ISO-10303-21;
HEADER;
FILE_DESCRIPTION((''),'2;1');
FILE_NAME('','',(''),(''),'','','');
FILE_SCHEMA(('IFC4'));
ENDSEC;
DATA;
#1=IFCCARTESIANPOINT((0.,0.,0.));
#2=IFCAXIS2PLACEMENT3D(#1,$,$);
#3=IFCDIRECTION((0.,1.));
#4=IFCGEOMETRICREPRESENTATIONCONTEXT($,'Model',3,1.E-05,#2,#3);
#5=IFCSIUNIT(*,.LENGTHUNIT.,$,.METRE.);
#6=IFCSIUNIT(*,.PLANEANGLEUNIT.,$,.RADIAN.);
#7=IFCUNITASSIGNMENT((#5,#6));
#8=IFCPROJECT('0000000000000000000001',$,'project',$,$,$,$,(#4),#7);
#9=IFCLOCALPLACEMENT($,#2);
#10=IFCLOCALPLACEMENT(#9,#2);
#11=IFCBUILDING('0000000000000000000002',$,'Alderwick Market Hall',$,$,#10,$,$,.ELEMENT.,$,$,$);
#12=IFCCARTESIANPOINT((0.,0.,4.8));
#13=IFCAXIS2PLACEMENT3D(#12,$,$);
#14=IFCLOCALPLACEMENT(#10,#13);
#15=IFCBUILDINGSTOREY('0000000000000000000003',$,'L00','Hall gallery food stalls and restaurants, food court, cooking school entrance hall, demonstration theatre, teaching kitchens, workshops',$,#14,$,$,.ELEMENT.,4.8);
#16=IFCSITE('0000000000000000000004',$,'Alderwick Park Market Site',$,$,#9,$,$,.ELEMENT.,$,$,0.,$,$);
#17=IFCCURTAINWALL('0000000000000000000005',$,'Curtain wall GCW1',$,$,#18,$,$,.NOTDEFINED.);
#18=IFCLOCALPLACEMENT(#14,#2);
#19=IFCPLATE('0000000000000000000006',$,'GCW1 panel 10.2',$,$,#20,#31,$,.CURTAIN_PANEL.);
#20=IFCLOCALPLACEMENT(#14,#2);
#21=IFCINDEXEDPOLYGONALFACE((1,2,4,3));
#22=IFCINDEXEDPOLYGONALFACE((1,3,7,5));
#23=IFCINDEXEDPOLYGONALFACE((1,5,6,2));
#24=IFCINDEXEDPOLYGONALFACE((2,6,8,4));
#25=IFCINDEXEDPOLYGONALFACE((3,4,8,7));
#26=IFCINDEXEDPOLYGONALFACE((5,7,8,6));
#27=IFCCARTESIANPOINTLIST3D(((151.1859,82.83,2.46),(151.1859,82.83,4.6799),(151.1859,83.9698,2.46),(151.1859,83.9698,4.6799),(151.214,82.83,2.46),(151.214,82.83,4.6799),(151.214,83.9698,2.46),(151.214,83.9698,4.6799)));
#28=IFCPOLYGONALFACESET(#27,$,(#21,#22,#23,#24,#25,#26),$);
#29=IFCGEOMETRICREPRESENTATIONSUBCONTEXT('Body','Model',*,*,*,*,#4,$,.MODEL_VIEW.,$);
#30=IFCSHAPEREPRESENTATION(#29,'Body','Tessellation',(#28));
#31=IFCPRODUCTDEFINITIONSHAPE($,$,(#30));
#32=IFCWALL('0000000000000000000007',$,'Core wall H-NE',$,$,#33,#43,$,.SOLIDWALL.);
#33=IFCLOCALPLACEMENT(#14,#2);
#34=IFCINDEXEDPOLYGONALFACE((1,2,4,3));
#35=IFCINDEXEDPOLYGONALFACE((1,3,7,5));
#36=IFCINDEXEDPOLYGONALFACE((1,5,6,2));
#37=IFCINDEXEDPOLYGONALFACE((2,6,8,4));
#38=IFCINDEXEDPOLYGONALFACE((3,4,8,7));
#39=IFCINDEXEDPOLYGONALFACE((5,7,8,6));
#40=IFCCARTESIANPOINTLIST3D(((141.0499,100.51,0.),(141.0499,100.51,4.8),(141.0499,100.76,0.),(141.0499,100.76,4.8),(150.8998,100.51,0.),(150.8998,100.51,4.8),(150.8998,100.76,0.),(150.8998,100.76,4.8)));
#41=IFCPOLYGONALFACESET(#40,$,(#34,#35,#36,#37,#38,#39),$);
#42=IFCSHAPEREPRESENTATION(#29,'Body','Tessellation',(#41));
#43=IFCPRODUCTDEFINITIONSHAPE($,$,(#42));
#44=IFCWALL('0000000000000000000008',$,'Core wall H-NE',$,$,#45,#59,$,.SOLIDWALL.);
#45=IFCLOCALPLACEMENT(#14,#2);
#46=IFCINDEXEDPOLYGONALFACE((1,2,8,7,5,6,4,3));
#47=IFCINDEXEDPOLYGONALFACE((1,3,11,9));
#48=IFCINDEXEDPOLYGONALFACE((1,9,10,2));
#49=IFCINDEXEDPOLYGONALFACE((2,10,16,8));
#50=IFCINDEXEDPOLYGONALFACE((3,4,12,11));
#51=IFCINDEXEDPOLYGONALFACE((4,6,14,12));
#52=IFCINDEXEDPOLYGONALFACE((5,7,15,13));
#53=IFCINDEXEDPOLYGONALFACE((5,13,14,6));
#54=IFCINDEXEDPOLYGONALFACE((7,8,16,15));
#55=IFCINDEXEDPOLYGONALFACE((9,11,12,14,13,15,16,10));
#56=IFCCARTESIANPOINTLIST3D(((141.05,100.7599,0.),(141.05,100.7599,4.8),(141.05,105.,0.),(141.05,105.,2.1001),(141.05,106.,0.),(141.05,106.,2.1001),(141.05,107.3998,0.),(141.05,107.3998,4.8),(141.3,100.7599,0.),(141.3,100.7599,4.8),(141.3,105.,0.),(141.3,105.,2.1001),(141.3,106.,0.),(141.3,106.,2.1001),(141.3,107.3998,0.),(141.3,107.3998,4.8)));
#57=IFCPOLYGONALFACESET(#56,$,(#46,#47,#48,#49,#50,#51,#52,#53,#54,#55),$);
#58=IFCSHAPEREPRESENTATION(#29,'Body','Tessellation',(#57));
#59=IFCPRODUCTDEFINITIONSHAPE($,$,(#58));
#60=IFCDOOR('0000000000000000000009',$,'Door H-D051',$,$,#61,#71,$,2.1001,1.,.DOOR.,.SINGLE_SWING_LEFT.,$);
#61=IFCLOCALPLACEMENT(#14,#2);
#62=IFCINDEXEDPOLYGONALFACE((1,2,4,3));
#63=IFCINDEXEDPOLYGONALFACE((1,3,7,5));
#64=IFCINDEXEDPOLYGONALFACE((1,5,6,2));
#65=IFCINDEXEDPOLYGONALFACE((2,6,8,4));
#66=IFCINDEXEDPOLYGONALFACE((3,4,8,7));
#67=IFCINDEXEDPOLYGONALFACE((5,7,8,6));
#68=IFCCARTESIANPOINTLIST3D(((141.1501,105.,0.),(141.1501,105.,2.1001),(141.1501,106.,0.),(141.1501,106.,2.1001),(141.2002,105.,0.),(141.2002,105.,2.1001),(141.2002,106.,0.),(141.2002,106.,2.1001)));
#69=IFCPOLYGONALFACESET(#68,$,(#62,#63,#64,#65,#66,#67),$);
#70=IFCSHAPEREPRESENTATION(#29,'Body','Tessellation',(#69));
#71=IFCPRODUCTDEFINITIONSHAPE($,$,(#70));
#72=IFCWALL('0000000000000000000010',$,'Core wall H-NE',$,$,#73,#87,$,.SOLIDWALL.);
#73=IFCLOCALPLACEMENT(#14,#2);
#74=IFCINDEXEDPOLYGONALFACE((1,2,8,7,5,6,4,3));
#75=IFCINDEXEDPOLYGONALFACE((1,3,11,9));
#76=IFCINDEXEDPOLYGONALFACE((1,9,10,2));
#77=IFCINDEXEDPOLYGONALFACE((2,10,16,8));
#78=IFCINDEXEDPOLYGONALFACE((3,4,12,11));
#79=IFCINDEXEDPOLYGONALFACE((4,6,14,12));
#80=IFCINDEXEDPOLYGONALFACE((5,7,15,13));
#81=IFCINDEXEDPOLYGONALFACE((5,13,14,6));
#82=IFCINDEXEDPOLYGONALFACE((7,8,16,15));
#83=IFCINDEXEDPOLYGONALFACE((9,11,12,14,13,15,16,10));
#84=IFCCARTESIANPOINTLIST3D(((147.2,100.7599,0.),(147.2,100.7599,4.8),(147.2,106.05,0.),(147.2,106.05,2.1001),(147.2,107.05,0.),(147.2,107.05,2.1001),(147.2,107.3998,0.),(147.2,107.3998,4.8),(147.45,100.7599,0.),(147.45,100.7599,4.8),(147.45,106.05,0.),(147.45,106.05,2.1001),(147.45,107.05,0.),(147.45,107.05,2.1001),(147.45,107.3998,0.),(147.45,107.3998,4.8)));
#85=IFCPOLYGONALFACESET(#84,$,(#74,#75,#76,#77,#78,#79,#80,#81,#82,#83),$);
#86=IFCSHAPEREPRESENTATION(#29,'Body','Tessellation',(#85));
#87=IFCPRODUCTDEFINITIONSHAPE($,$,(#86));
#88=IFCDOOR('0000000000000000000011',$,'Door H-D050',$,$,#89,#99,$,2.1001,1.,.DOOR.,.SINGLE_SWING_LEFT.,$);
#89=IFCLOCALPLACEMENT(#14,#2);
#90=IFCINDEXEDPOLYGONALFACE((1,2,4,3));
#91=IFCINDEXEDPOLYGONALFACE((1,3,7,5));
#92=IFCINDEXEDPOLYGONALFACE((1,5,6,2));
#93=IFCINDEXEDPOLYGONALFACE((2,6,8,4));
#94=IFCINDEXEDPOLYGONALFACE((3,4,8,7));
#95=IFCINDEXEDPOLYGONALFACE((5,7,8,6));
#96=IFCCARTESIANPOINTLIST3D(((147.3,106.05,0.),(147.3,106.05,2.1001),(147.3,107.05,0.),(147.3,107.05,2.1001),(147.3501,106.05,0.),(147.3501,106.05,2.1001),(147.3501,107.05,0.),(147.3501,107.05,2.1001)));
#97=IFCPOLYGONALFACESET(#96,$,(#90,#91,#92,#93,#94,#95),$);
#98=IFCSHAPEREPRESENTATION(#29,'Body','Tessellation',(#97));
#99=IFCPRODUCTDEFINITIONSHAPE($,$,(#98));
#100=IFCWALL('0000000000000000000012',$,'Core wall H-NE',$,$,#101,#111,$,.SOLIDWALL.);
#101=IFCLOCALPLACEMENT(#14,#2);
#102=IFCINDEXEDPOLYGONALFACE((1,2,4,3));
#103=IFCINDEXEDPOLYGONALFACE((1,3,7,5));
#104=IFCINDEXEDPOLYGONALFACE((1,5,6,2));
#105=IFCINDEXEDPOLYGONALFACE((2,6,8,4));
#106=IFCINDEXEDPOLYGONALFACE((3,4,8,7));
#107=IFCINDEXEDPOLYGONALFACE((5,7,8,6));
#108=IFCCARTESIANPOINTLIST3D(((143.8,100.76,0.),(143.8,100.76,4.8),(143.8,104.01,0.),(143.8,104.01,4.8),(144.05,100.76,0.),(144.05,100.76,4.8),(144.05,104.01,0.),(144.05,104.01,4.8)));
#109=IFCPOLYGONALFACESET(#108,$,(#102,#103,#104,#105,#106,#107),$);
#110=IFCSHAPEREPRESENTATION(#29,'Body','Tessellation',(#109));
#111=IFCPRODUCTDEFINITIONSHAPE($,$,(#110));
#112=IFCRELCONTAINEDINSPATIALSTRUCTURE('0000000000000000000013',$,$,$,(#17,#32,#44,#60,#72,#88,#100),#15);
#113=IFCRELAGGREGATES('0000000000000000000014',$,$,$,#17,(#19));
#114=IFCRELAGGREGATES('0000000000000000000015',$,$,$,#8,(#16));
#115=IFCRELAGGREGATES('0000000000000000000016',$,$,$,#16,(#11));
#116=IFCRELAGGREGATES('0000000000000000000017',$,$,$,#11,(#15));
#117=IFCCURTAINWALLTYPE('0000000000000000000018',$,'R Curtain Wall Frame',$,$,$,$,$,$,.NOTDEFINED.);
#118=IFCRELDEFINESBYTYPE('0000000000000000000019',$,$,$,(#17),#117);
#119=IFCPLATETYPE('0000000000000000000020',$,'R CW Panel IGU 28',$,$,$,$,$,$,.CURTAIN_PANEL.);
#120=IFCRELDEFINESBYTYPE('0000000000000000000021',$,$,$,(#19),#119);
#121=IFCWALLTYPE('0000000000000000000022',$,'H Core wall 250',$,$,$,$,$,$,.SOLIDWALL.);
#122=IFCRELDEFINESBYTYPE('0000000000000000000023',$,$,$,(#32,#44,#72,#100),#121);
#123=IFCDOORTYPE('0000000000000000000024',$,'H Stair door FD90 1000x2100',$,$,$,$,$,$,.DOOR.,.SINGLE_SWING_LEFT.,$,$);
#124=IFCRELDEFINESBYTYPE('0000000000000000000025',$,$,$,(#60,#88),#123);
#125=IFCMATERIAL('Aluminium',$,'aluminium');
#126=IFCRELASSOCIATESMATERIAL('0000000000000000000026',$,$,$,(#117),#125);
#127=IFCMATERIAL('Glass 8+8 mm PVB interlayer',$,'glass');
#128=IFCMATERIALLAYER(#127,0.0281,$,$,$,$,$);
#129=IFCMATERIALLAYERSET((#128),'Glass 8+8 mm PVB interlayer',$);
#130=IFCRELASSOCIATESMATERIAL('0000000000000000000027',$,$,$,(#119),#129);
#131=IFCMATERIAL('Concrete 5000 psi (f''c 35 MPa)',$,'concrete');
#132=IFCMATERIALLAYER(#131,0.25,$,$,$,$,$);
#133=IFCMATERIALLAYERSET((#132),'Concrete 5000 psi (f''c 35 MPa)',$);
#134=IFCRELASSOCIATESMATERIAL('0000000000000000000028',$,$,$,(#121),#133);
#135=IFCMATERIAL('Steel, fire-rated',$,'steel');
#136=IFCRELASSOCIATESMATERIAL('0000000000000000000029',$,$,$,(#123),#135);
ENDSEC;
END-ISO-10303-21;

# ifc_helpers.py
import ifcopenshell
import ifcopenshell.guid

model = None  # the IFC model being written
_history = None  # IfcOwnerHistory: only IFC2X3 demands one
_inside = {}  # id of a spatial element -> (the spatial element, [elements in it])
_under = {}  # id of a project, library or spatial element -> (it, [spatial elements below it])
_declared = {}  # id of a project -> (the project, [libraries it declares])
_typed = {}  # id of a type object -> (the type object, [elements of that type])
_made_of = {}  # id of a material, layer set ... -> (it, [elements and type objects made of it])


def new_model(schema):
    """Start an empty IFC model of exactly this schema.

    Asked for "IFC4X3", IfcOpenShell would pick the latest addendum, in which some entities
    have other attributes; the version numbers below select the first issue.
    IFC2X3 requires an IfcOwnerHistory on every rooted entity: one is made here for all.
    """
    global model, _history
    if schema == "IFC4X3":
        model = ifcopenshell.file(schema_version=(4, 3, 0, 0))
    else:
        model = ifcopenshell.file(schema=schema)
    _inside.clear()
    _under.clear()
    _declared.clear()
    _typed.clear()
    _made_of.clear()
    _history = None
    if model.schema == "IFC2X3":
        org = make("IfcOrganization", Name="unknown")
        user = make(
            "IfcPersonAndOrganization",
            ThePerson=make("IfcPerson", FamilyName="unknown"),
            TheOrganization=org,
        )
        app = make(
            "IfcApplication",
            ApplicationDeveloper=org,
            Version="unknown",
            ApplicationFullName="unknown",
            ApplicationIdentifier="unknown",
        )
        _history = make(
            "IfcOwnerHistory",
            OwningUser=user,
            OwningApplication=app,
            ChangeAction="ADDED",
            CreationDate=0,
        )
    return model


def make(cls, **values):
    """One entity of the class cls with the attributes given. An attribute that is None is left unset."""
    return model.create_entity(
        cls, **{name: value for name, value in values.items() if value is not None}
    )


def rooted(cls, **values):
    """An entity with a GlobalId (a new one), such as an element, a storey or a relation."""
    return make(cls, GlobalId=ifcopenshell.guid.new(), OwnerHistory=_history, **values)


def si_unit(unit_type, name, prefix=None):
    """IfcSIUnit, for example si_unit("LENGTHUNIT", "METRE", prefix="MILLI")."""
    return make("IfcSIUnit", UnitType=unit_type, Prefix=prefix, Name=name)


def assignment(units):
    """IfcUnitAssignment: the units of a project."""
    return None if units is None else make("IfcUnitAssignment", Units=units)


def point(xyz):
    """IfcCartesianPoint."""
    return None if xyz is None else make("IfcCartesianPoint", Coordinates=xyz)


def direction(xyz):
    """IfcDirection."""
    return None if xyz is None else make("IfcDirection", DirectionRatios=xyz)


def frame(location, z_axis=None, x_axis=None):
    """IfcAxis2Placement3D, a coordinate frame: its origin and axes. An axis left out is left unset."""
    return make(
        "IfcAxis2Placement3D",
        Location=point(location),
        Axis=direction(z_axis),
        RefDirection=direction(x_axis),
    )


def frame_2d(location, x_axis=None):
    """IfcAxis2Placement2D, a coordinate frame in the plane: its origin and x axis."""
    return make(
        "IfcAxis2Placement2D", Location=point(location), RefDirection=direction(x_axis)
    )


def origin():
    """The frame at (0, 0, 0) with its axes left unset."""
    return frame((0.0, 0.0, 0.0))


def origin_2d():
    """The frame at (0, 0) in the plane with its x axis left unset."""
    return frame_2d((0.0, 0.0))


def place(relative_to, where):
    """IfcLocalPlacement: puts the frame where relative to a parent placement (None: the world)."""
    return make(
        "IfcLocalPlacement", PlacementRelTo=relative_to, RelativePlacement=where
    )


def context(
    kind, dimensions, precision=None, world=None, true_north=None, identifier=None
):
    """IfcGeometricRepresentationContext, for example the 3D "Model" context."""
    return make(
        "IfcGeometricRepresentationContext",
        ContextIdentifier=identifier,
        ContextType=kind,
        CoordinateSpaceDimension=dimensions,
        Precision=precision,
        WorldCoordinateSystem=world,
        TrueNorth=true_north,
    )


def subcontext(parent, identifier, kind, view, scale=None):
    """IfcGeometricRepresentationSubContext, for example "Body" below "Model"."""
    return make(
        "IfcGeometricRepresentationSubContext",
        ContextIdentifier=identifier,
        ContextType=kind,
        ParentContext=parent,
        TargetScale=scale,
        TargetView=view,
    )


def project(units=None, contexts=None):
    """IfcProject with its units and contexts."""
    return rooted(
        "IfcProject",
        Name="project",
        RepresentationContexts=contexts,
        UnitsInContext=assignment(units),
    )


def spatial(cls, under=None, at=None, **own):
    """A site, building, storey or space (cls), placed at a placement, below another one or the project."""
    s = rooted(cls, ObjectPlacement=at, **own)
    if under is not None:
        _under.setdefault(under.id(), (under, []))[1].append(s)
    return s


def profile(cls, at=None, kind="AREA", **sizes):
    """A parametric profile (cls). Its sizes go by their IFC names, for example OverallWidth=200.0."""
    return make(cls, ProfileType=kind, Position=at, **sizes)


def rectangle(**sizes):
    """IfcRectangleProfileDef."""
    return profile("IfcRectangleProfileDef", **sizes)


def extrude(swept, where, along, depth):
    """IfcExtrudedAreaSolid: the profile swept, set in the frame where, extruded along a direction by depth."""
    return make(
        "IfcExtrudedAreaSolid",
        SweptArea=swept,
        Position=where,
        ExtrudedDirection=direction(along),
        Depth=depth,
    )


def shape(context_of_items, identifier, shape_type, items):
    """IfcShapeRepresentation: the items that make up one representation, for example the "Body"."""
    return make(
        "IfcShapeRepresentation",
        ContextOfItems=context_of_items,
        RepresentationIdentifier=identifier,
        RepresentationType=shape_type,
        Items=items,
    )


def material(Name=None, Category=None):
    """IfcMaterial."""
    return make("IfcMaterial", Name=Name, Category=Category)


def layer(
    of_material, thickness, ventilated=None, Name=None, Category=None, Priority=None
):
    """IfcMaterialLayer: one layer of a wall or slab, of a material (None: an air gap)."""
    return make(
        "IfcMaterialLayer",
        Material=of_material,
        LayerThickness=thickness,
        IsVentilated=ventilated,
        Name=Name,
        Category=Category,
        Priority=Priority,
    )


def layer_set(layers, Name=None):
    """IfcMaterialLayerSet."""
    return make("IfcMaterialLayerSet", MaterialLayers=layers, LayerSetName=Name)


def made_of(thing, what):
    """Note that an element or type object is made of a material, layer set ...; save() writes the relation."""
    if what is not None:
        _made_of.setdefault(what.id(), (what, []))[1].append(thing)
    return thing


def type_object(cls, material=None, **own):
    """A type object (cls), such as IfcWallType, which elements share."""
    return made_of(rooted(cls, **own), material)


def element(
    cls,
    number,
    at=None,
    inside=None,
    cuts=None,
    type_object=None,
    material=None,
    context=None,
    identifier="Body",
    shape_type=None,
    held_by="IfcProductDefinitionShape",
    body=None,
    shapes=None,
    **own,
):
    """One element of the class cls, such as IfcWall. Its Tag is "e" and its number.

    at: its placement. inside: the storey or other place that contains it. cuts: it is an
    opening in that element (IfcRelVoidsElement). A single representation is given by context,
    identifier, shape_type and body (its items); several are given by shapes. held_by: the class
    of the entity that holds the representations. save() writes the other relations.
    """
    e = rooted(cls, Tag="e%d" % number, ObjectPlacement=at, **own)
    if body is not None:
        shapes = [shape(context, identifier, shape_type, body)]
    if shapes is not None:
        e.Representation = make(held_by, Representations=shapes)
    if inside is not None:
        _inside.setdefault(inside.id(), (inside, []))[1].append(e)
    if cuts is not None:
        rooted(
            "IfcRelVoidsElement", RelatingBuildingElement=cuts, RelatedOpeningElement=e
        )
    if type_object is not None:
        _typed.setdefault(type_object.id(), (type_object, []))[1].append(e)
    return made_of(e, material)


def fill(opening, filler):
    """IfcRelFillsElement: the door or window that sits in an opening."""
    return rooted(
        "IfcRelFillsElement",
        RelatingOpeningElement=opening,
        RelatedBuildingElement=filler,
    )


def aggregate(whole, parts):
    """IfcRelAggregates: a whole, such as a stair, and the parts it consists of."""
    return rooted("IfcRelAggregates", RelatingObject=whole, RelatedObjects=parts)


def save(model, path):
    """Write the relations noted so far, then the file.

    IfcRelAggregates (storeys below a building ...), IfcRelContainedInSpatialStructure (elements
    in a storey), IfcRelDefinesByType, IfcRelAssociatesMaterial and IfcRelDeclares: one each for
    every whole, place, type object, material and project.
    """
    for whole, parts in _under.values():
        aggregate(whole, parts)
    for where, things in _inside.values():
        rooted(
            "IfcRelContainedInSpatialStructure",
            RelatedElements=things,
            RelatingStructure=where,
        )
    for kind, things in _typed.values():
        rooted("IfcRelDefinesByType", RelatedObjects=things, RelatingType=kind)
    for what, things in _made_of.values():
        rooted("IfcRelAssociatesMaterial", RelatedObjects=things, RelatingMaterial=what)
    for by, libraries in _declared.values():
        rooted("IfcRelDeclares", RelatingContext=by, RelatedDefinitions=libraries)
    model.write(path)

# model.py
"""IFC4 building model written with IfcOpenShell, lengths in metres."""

from ifc_helpers import new_model, si_unit, direction, frame, frame_2d, origin, origin_2d, place, context, subcontext, project, spatial, rectangle, extrude, material, layer, layer_set, type_object, element, fill, aggregate, save


model = new_model("IFC4")

# Units and contexts
model_context = context("Model", 3, precision=1e-05, world=origin(), true_north=direction((0.0, 1.0)))
body_context = subcontext(model_context, "Body", "Model", "MODEL_VIEW")
ifc_project = project(units=[si_unit("LENGTHUNIT", "METRE"), si_unit("PLANEANGLEUNIT", "RADIAN")], contexts=[model_context])

# Site, building, storey
site_placement = place(None, origin())
site = spatial("IfcSite", under=ifc_project, at=site_placement, Name="Alderwick Park Market Site", CompositionType="ELEMENT", RefElevation=0.0)
building_placement = place(site_placement, origin())
building = spatial("IfcBuilding", under=site, at=building_placement, Name="Alderwick Market Hall", CompositionType="ELEMENT")
storey_placement = place(building_placement, frame((0.0, 0.0, 4.8)))
storey = spatial("IfcBuildingStorey", under=building, at=storey_placement, Name="L00", Description="Hall gallery food stalls and restaurants, food court, cooking school entrance hall, demonstration theatre, teaching kitchens, workshops", CompositionType="ELEMENT", Elevation=4.8)

# Shared definitions
ifc_material_1 = material(Name="Concrete 5000 psi (f'c 35 MPa)", Category="concrete")

# Curtain wall, plate
ifc_material_2 = material(Name="Aluminium", Category="aluminium")
curtain_wall_type = type_object("IfcCurtainWallType", Name="R Curtain Wall Frame", PredefinedType="NOTDEFINED", material=ifc_material_2)
curtain_wall_placement = place(storey_placement, origin())
curtain_wall = element("IfcCurtainWall", 1, at=curtain_wall_placement, inside=storey, type_object=curtain_wall_type, Name="Curtain wall GCW1", PredefinedType="NOTDEFINED")
ifc_material_3 = material(Name="Glass 8+8 mm PVB interlayer", Category="glass")
ifc_layer_1 = layer(ifc_material_3, 0.0281)
ifc_layer_set_1 = layer_set([ifc_layer_1], Name="Glass 8+8 mm PVB interlayer")
plate_type = type_object("IfcPlateType", Name="R CW Panel IGU 28", PredefinedType="CURTAIN_PANEL", material=ifc_layer_set_1)
plate_1_placement = place(storey_placement, frame((151.2, 83.3999, 2.46), z_axis=(0.0, 0.0, 1.0), x_axis=(1.0, 0.0, 0.0)))
plate_1 = element("IfcPlate", 2, at=plate_1_placement, type_object=plate_type, Name="GCW1 panel 10.2", PredefinedType="CURTAIN_PANEL", context=body_context, shape_type="SweptSolid", body=[
    extrude(rectangle(XDim=0.0281, YDim=1.1399, at=origin_2d()), origin(), (0.0, 0.0, 1.0), 2.22),
])
aggregate(curtain_wall, [plate_1])

# Wall
ifc_layer_2 = layer(ifc_material_1, 0.25)
ifc_layer_set_2 = layer_set([ifc_layer_2], Name="Concrete 5000 psi (f'c 35 MPa)")
wall_type = type_object("IfcWallType", Name="H Core wall 250", PredefinedType="SOLIDWALL", material=ifc_layer_set_2)
wall_1_placement = place(storey_placement, frame((141.05, 100.635, 0.0), z_axis=(0.0, 0.0, 1.0), x_axis=(1.0, 0.0, 0.0)))
element("IfcWall", 3, at=wall_1_placement, inside=storey, type_object=wall_type, Name="Core wall H-NE", PredefinedType="SOLIDWALL", context=body_context, shape_type="SweptSolid", body=[
    extrude(rectangle(XDim=9.8499, YDim=0.25, at=frame_2d((4.9248, 0.0))), origin(), (0.0, 0.0, 1.0), 4.8),
])

# Walls, openings, doors
wall_2_placement = place(storey_placement, frame((141.175, 100.76, 0.0), z_axis=(0.0, 0.0, 1.0), x_axis=(0.0, 1.0, 0.0)))
wall_2 = element("IfcWall", 4, at=wall_2_placement, inside=storey, type_object=wall_type, Name="Core wall H-NE", PredefinedType="SOLIDWALL", context=body_context, shape_type="SweptSolid", body=[
    extrude(rectangle(XDim=6.6399, YDim=0.25, at=frame_2d((3.3198, 0.0))), origin(), (0.0, 0.0, 1.0), 4.8),
])
opening_1_placement = place(wall_2_placement, frame((4.24, 0.0, 0.0)))
opening_1 = element("IfcOpeningElement", 5, at=opening_1_placement, cuts=wall_2, PredefinedType="OPENING", context=body_context, shape_type="SweptSolid", body=[
    extrude(rectangle(XDim=1.0, YDim=2.1001, at=frame_2d((0.5, 1.05))), frame((0.0, 0.135, 0.0), z_axis=(0.0, -1.0, 0.0), x_axis=(1.0, 0.0, 0.0)), (0.0, 0.0, 1.0), 0.27),
])
ifc_material_4 = material(Name="Steel, fire-rated", Category="steel")
door_type = type_object("IfcDoorType", Name="H Stair door FD90 1000x2100", OperationType="SINGLE_SWING_LEFT", PredefinedType="DOOR", material=ifc_material_4)
door_1_placement = place(opening_1_placement, origin())
door_1 = element("IfcDoor", 6, at=door_1_placement, inside=storey, type_object=door_type, Name="Door H-D051", OperationType="SINGLE_SWING_LEFT", OverallHeight=2.1001, OverallWidth=1.0, PredefinedType="DOOR", context=body_context, shape_type="SweptSolid", body=[
    extrude(rectangle(XDim=1.0, YDim=2.1001, at=frame_2d((0.5, 1.05))), frame((0.0, 0.0249, 0.0), z_axis=(0.0, -1.0, 0.0), x_axis=(1.0, 0.0, 0.0)), (0.0, 0.0, 1.0), 0.05),
])
fill(opening_1, door_1)
wall_3_placement = place(storey_placement, frame((147.325, 100.76, 0.0), z_axis=(0.0, 0.0, 1.0), x_axis=(0.0, 1.0, 0.0)))
wall_3 = element("IfcWall", 7, at=wall_3_placement, inside=storey, type_object=wall_type, Name="Core wall H-NE", PredefinedType="SOLIDWALL", context=body_context, shape_type="SweptSolid", body=[
    extrude(rectangle(XDim=6.6399, YDim=0.25, at=frame_2d((3.3198, 0.0))), origin(), (0.0, 0.0, 1.0), 4.8),
])
opening_2_placement = place(wall_3_placement, frame((5.29, 0.0, 0.0)))
opening_2 = element("IfcOpeningElement", 8, at=opening_2_placement, cuts=wall_3, PredefinedType="OPENING", context=body_context, shape_type="SweptSolid", body=[
    extrude(rectangle(XDim=1.0, YDim=2.1001, at=frame_2d((0.5, 1.05))), frame((0.0, 0.135, 0.0), z_axis=(0.0, -1.0, 0.0), x_axis=(1.0, 0.0, 0.0)), (0.0, 0.0, 1.0), 0.27),
])
door_2_placement = place(opening_2_placement, origin())
door_2 = element("IfcDoor", 9, at=door_2_placement, inside=storey, type_object=door_type, Name="Door H-D050", OperationType="SINGLE_SWING_LEFT", OverallHeight=2.1001, OverallWidth=1.0, PredefinedType="DOOR", context=body_context, shape_type="SweptSolid", body=[
    extrude(rectangle(XDim=1.0, YDim=2.1001, at=frame_2d((0.5, 1.05))), frame((0.0, 0.0249, 0.0), z_axis=(0.0, -1.0, 0.0), x_axis=(1.0, 0.0, 0.0)), (0.0, 0.0, 1.0), 0.05),
])
fill(opening_2, door_2)

# Wall
wall_4_placement = place(storey_placement, frame((143.925, 100.76, 0.0), z_axis=(0.0, 0.0, 1.0), x_axis=(0.0, 1.0, 0.0)))
element("IfcWall", 10, at=wall_4_placement, inside=storey, type_object=wall_type, Name="Core wall H-NE", PredefinedType="SOLIDWALL", context=body_context, shape_type="SweptSolid", body=[
    extrude(rectangle(XDim=3.25, YDim=0.25, at=frame_2d((1.625, 0.0))), origin(), (0.0, 0.0, 1.0), 4.8),
])

save(model, "model.ifc")
